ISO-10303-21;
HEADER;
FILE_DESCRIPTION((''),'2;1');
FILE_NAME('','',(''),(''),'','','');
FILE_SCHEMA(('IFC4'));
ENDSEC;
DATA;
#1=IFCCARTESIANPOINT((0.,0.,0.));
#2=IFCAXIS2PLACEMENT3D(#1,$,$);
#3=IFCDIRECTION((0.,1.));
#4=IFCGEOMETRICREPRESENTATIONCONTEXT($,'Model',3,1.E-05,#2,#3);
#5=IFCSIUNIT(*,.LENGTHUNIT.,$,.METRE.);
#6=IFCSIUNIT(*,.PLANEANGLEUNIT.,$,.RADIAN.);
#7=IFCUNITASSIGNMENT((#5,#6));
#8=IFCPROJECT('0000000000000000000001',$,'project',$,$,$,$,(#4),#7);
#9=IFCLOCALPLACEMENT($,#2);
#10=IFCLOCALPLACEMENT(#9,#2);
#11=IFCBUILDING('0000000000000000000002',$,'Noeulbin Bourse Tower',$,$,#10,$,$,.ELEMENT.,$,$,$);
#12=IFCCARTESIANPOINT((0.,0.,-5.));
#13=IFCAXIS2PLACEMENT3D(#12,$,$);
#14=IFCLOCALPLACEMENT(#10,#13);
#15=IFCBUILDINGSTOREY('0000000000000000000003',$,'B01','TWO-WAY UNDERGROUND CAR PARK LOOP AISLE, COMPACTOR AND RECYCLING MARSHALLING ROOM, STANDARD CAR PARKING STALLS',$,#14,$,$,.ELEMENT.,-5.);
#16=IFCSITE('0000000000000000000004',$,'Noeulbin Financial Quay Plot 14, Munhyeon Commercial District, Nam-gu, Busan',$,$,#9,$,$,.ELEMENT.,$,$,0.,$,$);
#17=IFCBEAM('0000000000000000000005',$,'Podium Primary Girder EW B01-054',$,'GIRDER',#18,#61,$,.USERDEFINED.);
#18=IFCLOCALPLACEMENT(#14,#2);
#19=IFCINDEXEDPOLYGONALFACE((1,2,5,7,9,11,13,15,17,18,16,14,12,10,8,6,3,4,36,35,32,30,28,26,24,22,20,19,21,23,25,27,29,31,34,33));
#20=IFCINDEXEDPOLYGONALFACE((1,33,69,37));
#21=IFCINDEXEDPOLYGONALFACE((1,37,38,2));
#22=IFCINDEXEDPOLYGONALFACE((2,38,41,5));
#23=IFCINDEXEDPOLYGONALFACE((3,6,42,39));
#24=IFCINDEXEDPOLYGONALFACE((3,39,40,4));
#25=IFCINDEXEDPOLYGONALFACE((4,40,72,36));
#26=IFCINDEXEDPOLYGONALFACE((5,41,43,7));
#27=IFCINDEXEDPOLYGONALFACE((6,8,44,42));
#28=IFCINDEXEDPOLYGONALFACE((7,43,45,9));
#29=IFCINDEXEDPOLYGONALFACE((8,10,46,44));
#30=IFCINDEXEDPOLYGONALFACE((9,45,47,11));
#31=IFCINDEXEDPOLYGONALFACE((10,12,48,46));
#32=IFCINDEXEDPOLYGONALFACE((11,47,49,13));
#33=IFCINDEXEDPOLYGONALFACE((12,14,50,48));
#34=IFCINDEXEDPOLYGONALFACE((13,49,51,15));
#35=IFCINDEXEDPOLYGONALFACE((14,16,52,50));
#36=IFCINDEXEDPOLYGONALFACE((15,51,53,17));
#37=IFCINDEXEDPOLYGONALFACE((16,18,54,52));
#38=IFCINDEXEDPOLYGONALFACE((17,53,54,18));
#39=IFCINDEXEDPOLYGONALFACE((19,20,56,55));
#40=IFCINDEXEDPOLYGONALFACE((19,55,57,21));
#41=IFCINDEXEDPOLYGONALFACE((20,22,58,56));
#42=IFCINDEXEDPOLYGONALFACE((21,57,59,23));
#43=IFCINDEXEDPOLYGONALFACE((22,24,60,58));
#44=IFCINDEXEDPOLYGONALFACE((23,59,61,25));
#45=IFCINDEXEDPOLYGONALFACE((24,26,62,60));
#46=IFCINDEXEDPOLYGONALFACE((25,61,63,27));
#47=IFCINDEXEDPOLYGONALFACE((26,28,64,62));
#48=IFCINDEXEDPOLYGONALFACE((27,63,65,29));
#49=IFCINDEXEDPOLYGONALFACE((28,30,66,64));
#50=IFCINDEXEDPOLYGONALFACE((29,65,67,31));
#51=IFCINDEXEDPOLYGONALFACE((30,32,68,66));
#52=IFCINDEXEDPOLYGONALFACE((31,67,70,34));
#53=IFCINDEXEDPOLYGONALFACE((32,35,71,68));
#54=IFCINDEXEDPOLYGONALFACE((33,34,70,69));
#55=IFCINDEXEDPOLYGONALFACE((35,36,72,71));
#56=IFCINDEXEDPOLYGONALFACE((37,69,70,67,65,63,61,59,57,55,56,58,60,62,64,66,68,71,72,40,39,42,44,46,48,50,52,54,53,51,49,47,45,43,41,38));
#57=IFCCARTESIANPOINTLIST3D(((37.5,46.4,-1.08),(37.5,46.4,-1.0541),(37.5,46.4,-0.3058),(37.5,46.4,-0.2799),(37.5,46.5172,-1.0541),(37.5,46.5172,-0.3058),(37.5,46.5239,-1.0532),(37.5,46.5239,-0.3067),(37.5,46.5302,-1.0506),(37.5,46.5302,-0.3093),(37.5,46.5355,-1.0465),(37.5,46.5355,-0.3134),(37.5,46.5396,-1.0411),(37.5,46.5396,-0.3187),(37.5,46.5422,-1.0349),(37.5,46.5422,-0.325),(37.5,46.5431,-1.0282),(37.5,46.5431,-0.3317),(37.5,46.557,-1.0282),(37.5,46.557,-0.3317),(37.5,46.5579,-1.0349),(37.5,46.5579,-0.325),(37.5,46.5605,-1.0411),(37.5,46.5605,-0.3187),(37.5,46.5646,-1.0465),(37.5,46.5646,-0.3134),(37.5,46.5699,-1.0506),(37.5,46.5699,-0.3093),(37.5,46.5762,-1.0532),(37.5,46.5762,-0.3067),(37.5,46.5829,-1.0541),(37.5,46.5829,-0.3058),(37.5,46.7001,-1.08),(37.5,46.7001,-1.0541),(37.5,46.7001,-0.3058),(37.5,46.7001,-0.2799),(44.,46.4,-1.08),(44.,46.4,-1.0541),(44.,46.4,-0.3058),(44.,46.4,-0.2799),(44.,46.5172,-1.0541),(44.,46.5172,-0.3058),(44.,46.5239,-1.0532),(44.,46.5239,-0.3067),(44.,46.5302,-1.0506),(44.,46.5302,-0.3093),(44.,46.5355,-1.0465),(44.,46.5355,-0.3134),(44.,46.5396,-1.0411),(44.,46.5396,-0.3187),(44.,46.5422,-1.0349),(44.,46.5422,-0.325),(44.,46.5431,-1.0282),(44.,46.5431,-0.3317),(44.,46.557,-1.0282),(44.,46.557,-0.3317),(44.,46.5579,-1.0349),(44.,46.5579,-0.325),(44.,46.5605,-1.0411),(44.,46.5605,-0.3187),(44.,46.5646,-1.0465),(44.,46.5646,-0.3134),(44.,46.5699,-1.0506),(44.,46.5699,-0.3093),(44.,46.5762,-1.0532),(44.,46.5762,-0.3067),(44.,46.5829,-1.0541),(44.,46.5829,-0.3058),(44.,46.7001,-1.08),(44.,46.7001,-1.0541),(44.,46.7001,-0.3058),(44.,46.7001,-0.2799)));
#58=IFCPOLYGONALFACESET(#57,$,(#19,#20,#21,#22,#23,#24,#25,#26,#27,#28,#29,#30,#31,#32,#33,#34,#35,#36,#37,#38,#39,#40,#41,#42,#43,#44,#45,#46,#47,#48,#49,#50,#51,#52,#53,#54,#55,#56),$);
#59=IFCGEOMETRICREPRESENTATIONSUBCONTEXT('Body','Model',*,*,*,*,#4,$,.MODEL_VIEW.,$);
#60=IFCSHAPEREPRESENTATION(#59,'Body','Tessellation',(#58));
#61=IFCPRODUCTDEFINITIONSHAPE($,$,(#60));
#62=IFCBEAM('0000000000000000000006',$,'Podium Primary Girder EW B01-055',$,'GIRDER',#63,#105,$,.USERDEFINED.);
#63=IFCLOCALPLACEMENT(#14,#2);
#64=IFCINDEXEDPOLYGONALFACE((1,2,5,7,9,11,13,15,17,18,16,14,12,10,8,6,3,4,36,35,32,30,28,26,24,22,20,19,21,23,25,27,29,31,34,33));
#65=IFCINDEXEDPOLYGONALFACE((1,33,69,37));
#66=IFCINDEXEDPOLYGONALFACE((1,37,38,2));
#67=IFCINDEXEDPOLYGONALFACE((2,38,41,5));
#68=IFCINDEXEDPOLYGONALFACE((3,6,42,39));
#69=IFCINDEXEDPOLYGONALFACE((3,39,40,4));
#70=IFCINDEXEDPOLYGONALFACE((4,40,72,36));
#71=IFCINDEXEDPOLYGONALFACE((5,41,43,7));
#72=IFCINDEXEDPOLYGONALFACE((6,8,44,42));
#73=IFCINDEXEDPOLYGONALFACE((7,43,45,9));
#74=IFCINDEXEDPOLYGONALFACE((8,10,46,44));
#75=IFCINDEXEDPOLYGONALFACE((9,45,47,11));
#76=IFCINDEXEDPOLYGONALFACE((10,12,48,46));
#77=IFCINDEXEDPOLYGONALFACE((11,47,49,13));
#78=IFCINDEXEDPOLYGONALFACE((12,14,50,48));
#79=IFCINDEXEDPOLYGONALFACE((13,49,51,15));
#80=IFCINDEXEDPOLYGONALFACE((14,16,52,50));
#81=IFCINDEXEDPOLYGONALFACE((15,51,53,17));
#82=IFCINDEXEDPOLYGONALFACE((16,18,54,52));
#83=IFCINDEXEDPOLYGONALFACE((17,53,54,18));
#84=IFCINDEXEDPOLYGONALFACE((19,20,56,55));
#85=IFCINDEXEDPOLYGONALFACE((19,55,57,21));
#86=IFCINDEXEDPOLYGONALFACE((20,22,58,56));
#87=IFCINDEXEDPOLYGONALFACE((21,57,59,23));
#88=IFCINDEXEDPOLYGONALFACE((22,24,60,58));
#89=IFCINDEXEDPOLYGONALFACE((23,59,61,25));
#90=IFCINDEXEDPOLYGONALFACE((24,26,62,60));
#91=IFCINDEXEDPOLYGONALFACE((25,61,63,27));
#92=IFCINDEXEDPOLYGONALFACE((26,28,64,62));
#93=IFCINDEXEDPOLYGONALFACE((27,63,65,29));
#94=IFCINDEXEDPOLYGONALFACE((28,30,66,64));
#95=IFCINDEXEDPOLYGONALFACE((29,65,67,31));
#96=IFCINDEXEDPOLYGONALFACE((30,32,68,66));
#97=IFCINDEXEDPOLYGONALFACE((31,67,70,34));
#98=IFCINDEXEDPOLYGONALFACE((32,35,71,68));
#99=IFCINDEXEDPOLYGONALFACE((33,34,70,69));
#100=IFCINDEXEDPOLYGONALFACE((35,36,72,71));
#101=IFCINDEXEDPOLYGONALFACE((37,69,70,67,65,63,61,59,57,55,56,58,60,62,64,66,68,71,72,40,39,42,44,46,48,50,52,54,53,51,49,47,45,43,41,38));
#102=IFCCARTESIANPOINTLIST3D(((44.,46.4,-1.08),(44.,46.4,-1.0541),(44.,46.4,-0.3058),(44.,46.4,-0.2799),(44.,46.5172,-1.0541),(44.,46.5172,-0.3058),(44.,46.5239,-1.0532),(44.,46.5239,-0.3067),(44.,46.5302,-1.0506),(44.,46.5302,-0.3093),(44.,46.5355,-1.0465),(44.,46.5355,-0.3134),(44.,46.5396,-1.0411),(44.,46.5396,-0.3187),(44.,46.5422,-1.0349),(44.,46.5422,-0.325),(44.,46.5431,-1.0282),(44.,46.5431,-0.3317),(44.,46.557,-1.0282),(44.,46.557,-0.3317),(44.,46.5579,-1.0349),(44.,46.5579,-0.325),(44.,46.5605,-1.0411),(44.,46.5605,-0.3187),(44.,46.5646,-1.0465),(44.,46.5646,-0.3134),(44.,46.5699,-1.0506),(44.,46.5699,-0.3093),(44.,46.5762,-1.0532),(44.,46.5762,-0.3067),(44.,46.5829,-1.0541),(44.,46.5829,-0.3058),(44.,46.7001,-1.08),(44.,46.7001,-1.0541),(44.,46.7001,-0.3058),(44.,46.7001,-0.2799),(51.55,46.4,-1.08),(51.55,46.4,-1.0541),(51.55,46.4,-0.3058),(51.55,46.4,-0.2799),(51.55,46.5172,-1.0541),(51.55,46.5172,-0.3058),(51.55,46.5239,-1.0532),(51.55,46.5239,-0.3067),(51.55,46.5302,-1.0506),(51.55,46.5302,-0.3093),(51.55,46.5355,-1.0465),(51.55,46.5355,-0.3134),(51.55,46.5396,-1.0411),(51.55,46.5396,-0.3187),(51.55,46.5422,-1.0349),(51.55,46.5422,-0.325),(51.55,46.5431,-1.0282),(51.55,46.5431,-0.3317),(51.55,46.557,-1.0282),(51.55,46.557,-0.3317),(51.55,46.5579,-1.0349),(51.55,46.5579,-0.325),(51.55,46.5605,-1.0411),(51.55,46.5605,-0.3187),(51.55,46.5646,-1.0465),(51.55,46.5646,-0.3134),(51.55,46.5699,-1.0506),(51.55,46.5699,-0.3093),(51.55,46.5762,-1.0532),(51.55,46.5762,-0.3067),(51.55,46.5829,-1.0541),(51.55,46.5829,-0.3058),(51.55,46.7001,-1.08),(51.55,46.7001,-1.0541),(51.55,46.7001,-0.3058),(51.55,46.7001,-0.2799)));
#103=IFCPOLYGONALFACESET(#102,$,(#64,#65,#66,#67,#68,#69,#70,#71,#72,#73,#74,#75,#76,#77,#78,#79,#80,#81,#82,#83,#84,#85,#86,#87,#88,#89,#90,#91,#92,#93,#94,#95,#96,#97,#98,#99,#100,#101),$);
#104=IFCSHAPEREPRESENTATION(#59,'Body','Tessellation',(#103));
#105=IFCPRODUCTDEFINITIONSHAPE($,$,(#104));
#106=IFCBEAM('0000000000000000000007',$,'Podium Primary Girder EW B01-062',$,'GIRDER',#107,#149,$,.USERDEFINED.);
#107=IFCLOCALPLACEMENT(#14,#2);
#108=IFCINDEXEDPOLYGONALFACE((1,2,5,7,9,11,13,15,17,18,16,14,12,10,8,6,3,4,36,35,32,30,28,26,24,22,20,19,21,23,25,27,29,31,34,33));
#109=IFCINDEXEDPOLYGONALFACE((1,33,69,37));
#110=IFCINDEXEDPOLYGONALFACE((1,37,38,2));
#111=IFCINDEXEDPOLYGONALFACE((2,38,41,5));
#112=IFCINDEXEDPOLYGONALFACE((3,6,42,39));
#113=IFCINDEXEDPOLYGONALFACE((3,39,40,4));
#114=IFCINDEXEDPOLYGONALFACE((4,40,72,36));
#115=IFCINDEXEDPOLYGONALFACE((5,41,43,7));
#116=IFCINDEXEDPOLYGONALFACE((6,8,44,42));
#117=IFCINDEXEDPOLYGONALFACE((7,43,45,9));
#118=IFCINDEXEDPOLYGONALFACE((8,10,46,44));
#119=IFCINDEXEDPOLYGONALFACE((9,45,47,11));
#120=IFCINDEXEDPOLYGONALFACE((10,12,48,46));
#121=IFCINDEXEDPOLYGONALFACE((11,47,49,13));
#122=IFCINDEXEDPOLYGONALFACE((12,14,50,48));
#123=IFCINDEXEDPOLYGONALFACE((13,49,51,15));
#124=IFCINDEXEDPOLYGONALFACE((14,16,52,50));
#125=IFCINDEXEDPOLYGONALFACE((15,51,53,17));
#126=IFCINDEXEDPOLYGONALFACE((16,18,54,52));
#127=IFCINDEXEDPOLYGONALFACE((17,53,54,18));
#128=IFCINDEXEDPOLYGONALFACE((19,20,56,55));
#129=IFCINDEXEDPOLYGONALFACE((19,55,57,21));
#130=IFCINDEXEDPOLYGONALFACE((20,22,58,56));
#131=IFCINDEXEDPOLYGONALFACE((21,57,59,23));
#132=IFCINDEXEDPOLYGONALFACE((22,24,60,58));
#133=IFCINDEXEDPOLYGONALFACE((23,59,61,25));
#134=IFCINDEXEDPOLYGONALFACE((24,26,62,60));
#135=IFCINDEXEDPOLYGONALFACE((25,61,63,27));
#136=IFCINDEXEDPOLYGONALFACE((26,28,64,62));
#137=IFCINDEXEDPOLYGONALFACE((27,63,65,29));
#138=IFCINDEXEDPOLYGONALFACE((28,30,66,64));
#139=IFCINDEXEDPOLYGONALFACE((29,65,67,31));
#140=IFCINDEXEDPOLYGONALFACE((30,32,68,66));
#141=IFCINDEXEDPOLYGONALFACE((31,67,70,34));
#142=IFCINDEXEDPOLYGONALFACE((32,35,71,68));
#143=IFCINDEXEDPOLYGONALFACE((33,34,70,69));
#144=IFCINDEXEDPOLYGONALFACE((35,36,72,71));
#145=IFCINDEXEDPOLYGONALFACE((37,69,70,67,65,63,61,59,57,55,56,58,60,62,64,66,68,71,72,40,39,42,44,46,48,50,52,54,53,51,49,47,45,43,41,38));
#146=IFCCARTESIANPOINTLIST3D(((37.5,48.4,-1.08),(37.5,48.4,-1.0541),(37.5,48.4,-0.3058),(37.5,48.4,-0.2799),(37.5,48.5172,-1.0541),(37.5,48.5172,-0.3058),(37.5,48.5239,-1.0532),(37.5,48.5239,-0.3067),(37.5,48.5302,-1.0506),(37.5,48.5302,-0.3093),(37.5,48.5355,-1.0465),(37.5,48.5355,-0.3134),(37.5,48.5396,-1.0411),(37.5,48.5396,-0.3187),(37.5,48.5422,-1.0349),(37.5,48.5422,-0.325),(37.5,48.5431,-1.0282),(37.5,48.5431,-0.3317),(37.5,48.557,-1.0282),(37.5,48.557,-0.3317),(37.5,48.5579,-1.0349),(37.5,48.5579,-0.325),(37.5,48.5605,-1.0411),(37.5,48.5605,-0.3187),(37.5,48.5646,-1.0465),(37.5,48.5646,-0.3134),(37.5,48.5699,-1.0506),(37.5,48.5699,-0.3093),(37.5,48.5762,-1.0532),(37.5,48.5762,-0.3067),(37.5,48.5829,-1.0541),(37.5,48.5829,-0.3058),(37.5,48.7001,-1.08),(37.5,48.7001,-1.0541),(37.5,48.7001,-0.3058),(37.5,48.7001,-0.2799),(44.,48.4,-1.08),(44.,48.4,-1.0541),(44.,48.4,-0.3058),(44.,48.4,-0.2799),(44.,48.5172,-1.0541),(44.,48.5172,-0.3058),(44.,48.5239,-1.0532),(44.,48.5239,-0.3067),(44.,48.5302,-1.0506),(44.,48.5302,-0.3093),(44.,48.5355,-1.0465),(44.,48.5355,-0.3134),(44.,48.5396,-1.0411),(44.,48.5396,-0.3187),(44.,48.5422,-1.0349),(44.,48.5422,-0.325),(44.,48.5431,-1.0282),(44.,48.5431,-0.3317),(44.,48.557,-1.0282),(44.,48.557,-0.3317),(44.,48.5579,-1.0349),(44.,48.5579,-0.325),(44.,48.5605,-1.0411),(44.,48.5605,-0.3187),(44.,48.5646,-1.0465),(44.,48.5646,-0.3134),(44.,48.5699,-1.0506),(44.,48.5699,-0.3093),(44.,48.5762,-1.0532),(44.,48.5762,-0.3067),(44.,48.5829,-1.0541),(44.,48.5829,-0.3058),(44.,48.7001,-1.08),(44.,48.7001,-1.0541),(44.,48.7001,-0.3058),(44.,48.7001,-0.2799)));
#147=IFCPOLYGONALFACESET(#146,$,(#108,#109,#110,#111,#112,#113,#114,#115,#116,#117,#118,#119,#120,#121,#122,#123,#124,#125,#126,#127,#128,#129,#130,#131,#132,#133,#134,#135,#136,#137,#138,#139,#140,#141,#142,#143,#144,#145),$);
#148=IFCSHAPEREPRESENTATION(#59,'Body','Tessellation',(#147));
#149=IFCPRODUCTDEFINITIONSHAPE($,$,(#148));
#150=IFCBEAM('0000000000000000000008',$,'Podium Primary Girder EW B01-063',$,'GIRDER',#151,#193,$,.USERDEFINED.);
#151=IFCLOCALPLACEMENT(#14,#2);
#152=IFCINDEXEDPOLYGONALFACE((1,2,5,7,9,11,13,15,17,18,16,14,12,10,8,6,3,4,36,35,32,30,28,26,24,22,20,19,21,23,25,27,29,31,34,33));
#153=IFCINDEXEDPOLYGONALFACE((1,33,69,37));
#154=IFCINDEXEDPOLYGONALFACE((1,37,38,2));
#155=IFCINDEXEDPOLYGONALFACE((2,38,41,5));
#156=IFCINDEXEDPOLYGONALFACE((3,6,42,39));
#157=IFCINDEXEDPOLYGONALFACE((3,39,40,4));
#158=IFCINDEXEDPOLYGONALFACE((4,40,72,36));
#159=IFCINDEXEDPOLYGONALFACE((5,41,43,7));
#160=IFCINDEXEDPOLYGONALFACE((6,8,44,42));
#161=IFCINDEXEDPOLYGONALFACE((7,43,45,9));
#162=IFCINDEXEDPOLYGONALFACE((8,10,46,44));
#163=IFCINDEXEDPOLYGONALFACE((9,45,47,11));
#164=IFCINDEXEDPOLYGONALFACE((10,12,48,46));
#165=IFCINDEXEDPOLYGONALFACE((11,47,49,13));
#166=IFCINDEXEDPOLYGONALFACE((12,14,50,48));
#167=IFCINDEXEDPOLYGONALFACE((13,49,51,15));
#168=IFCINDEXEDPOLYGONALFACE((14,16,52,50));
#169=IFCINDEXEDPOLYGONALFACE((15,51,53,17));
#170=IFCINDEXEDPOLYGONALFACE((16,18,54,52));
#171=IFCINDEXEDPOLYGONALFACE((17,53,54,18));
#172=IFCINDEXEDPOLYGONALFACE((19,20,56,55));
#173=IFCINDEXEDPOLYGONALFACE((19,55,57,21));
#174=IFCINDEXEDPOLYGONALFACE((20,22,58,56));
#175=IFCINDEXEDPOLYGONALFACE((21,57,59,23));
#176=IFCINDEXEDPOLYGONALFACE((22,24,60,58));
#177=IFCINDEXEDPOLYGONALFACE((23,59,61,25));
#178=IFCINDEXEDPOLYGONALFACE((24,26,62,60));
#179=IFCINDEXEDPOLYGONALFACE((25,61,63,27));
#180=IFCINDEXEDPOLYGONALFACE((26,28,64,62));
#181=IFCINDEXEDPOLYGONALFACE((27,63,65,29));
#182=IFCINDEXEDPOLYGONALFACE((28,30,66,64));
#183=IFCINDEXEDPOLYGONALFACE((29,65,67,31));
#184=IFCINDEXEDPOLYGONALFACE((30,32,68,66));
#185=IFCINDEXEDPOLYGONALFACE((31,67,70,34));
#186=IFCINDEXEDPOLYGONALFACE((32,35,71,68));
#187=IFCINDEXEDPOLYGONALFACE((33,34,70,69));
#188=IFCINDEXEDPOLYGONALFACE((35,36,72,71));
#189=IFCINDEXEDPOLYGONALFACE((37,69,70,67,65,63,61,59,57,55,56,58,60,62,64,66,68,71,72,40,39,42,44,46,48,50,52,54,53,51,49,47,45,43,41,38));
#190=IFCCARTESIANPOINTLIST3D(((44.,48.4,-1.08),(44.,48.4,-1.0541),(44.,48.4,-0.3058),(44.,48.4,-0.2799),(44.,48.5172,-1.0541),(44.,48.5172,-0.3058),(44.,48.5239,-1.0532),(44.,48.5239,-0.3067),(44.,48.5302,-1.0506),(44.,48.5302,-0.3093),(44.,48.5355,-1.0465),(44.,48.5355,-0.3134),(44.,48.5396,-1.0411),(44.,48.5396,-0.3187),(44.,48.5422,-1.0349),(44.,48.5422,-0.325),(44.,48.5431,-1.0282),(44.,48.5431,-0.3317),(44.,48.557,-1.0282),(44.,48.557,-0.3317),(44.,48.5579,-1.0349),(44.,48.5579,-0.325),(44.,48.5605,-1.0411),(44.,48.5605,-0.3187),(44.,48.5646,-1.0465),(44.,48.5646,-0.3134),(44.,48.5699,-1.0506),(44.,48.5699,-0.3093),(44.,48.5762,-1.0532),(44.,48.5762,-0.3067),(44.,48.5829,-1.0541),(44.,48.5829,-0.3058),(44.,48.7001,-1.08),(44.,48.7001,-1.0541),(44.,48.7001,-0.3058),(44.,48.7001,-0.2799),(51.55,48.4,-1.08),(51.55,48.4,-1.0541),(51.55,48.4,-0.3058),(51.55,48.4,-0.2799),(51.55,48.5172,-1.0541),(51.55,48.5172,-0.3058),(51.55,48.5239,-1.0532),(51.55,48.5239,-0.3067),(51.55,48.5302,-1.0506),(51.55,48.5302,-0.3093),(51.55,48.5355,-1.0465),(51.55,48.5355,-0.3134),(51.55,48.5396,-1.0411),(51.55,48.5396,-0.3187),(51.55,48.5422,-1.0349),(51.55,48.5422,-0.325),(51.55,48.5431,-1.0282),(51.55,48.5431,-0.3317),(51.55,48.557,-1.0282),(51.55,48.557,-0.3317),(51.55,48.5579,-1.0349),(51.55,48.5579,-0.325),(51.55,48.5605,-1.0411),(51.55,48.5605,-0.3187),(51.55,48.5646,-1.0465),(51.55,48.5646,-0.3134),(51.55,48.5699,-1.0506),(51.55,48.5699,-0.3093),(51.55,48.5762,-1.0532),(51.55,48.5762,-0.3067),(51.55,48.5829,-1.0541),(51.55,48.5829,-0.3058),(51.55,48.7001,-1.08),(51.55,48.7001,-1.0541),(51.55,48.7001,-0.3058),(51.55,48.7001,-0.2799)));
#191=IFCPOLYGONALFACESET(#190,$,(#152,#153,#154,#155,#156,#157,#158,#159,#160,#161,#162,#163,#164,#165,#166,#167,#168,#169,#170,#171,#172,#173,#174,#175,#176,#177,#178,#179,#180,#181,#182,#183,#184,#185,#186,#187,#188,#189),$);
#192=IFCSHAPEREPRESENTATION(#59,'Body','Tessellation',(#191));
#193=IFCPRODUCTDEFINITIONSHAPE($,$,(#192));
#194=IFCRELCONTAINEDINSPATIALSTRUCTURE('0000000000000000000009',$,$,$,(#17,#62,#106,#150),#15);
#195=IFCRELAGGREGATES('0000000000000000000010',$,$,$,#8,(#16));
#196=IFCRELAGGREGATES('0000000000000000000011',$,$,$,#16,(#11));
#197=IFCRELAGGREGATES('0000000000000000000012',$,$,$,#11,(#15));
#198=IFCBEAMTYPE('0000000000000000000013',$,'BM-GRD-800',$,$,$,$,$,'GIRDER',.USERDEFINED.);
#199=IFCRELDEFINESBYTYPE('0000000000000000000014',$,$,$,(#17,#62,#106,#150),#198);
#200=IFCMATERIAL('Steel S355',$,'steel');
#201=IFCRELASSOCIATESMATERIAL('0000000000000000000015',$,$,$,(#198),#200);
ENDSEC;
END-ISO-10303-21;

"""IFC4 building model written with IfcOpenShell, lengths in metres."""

from ifc_helpers import new_model, si_unit, direction, frame, origin, origin_2d, place, context, subcontext, project, spatial, i_section, extrude, material, material_profile, profile_set, type_object, element, save


model = new_model("IFC4")

# Units and contexts
model_context = context("Model", 3, precision=1e-05, world=origin(), true_north=direction((0.0, 1.0)))
body_context = subcontext(model_context, "Body", "Model", "MODEL_VIEW")
ifc_project = project(units=[si_unit("LENGTHUNIT", "METRE"), si_unit("PLANEANGLEUNIT", "RADIAN")], contexts=[model_context])

# Site, building, storey
site_placement = place(None, origin())
site = spatial("IfcSite", under=ifc_project, at=site_placement, Name="Noeulbin Financial Quay Plot 14, Munhyeon Commercial District, Nam-gu, Busan", CompositionType="ELEMENT", RefElevation=0.0)
building_placement = place(site_placement, origin())
building = spatial("IfcBuilding", under=site, at=building_placement, Name="Noeulbin Bourse Tower", CompositionType="ELEMENT")
storey_placement = place(building_placement, frame((0.0, 0.0, -5.0)))
storey = spatial("IfcBuildingStorey", under=building, at=storey_placement, Name="B01", Description="TWO-WAY UNDERGROUND CAR PARK LOOP AISLE, COMPACTOR AND RECYCLING MARSHALLING ROOM, STANDARD CAR PARKING STALLS", CompositionType="ELEMENT", Elevation=-5.0)

# Beams
ifc_material_1 = material(Name="Steel S355", Category="steel")
ifc_material_profile_1 = material_profile(ifc_material_1, i_section(OverallWidth=0.3, OverallDepth=0.8, WebThickness=0.0139, FlangeThickness=0.0259, FilletRadius=0.0259, at=origin_2d()), Name="H-800x300x14x26", Category="LoadBearing")
ifc_profile_set_1 = profile_set([ifc_material_profile_1], Name="Steel S355")
beam_type_1 = type_object("IfcBeamType", Name="BM-GRD-800", ElementType="GIRDER", PredefinedType="USERDEFINED", material=ifc_profile_set_1)
beam_1_placement = place(storey_placement, frame((37.5, 46.55, -0.6799), z_axis=(1.0, 0.0, 0.0), x_axis=(0.0, 1.0, 0.0)))
element("IfcBeam", 1, at=beam_1_placement, inside=storey, type_object=beam_type_1, Name="Podium Primary Girder EW B01-054", ObjectType="GIRDER", PredefinedType="USERDEFINED", context=body_context, shape_type="SweptSolid", body=[
    extrude(i_section(OverallWidth=0.3, OverallDepth=0.8, WebThickness=0.0139, FlangeThickness=0.0259, FilletRadius=0.0259, at=origin_2d()), origin(), (0.0, 0.0, 1.0), 6.5),
])
beam_2_placement = place(storey_placement, frame((44.0, 46.55, -0.6799), z_axis=(1.0, 0.0, 0.0), x_axis=(0.0, 1.0, 0.0)))
element("IfcBeam", 2, at=beam_2_placement, inside=storey, type_object=beam_type_1, Name="Podium Primary Girder EW B01-055", ObjectType="GIRDER", PredefinedType="USERDEFINED", context=body_context, shape_type="SweptSolid", body=[
    extrude(i_section(OverallWidth=0.3, OverallDepth=0.8, WebThickness=0.0139, FlangeThickness=0.0259, FilletRadius=0.0259, at=origin_2d()), origin(), (0.0, 0.0, 1.0), 7.55),
])
beam_3_placement = place(storey_placement, frame((37.5, 48.55, -0.6799), z_axis=(1.0, 0.0, 0.0), x_axis=(0.0, 1.0, 0.0)))
element("IfcBeam", 3, at=beam_3_placement, inside=storey, type_object=beam_type_1, Name="Podium Primary Girder EW B01-062", ObjectType="GIRDER", PredefinedType="USERDEFINED", context=body_context, shape_type="SweptSolid", body=[
    extrude(i_section(OverallWidth=0.3, OverallDepth=0.8, WebThickness=0.0139, FlangeThickness=0.0259, FilletRadius=0.0259, at=origin_2d()), origin(), (0.0, 0.0, 1.0), 6.5),
])
beam_4_placement = place(storey_placement, frame((44.0, 48.55, -0.6799), z_axis=(1.0, 0.0, 0.0), x_axis=(0.0, 1.0, 0.0)))
element("IfcBeam", 4, at=beam_4_placement, inside=storey, type_object=beam_type_1, Name="Podium Primary Girder EW B01-063", ObjectType="GIRDER", PredefinedType="USERDEFINED", context=body_context, shape_type="SweptSolid", body=[
    extrude(i_section(OverallWidth=0.3, OverallDepth=0.8, WebThickness=0.0139, FlangeThickness=0.0259, FilletRadius=0.0259, at=origin_2d()), origin(), (0.0, 0.0, 1.0), 7.55),
])

save(model, "model.ifc")
